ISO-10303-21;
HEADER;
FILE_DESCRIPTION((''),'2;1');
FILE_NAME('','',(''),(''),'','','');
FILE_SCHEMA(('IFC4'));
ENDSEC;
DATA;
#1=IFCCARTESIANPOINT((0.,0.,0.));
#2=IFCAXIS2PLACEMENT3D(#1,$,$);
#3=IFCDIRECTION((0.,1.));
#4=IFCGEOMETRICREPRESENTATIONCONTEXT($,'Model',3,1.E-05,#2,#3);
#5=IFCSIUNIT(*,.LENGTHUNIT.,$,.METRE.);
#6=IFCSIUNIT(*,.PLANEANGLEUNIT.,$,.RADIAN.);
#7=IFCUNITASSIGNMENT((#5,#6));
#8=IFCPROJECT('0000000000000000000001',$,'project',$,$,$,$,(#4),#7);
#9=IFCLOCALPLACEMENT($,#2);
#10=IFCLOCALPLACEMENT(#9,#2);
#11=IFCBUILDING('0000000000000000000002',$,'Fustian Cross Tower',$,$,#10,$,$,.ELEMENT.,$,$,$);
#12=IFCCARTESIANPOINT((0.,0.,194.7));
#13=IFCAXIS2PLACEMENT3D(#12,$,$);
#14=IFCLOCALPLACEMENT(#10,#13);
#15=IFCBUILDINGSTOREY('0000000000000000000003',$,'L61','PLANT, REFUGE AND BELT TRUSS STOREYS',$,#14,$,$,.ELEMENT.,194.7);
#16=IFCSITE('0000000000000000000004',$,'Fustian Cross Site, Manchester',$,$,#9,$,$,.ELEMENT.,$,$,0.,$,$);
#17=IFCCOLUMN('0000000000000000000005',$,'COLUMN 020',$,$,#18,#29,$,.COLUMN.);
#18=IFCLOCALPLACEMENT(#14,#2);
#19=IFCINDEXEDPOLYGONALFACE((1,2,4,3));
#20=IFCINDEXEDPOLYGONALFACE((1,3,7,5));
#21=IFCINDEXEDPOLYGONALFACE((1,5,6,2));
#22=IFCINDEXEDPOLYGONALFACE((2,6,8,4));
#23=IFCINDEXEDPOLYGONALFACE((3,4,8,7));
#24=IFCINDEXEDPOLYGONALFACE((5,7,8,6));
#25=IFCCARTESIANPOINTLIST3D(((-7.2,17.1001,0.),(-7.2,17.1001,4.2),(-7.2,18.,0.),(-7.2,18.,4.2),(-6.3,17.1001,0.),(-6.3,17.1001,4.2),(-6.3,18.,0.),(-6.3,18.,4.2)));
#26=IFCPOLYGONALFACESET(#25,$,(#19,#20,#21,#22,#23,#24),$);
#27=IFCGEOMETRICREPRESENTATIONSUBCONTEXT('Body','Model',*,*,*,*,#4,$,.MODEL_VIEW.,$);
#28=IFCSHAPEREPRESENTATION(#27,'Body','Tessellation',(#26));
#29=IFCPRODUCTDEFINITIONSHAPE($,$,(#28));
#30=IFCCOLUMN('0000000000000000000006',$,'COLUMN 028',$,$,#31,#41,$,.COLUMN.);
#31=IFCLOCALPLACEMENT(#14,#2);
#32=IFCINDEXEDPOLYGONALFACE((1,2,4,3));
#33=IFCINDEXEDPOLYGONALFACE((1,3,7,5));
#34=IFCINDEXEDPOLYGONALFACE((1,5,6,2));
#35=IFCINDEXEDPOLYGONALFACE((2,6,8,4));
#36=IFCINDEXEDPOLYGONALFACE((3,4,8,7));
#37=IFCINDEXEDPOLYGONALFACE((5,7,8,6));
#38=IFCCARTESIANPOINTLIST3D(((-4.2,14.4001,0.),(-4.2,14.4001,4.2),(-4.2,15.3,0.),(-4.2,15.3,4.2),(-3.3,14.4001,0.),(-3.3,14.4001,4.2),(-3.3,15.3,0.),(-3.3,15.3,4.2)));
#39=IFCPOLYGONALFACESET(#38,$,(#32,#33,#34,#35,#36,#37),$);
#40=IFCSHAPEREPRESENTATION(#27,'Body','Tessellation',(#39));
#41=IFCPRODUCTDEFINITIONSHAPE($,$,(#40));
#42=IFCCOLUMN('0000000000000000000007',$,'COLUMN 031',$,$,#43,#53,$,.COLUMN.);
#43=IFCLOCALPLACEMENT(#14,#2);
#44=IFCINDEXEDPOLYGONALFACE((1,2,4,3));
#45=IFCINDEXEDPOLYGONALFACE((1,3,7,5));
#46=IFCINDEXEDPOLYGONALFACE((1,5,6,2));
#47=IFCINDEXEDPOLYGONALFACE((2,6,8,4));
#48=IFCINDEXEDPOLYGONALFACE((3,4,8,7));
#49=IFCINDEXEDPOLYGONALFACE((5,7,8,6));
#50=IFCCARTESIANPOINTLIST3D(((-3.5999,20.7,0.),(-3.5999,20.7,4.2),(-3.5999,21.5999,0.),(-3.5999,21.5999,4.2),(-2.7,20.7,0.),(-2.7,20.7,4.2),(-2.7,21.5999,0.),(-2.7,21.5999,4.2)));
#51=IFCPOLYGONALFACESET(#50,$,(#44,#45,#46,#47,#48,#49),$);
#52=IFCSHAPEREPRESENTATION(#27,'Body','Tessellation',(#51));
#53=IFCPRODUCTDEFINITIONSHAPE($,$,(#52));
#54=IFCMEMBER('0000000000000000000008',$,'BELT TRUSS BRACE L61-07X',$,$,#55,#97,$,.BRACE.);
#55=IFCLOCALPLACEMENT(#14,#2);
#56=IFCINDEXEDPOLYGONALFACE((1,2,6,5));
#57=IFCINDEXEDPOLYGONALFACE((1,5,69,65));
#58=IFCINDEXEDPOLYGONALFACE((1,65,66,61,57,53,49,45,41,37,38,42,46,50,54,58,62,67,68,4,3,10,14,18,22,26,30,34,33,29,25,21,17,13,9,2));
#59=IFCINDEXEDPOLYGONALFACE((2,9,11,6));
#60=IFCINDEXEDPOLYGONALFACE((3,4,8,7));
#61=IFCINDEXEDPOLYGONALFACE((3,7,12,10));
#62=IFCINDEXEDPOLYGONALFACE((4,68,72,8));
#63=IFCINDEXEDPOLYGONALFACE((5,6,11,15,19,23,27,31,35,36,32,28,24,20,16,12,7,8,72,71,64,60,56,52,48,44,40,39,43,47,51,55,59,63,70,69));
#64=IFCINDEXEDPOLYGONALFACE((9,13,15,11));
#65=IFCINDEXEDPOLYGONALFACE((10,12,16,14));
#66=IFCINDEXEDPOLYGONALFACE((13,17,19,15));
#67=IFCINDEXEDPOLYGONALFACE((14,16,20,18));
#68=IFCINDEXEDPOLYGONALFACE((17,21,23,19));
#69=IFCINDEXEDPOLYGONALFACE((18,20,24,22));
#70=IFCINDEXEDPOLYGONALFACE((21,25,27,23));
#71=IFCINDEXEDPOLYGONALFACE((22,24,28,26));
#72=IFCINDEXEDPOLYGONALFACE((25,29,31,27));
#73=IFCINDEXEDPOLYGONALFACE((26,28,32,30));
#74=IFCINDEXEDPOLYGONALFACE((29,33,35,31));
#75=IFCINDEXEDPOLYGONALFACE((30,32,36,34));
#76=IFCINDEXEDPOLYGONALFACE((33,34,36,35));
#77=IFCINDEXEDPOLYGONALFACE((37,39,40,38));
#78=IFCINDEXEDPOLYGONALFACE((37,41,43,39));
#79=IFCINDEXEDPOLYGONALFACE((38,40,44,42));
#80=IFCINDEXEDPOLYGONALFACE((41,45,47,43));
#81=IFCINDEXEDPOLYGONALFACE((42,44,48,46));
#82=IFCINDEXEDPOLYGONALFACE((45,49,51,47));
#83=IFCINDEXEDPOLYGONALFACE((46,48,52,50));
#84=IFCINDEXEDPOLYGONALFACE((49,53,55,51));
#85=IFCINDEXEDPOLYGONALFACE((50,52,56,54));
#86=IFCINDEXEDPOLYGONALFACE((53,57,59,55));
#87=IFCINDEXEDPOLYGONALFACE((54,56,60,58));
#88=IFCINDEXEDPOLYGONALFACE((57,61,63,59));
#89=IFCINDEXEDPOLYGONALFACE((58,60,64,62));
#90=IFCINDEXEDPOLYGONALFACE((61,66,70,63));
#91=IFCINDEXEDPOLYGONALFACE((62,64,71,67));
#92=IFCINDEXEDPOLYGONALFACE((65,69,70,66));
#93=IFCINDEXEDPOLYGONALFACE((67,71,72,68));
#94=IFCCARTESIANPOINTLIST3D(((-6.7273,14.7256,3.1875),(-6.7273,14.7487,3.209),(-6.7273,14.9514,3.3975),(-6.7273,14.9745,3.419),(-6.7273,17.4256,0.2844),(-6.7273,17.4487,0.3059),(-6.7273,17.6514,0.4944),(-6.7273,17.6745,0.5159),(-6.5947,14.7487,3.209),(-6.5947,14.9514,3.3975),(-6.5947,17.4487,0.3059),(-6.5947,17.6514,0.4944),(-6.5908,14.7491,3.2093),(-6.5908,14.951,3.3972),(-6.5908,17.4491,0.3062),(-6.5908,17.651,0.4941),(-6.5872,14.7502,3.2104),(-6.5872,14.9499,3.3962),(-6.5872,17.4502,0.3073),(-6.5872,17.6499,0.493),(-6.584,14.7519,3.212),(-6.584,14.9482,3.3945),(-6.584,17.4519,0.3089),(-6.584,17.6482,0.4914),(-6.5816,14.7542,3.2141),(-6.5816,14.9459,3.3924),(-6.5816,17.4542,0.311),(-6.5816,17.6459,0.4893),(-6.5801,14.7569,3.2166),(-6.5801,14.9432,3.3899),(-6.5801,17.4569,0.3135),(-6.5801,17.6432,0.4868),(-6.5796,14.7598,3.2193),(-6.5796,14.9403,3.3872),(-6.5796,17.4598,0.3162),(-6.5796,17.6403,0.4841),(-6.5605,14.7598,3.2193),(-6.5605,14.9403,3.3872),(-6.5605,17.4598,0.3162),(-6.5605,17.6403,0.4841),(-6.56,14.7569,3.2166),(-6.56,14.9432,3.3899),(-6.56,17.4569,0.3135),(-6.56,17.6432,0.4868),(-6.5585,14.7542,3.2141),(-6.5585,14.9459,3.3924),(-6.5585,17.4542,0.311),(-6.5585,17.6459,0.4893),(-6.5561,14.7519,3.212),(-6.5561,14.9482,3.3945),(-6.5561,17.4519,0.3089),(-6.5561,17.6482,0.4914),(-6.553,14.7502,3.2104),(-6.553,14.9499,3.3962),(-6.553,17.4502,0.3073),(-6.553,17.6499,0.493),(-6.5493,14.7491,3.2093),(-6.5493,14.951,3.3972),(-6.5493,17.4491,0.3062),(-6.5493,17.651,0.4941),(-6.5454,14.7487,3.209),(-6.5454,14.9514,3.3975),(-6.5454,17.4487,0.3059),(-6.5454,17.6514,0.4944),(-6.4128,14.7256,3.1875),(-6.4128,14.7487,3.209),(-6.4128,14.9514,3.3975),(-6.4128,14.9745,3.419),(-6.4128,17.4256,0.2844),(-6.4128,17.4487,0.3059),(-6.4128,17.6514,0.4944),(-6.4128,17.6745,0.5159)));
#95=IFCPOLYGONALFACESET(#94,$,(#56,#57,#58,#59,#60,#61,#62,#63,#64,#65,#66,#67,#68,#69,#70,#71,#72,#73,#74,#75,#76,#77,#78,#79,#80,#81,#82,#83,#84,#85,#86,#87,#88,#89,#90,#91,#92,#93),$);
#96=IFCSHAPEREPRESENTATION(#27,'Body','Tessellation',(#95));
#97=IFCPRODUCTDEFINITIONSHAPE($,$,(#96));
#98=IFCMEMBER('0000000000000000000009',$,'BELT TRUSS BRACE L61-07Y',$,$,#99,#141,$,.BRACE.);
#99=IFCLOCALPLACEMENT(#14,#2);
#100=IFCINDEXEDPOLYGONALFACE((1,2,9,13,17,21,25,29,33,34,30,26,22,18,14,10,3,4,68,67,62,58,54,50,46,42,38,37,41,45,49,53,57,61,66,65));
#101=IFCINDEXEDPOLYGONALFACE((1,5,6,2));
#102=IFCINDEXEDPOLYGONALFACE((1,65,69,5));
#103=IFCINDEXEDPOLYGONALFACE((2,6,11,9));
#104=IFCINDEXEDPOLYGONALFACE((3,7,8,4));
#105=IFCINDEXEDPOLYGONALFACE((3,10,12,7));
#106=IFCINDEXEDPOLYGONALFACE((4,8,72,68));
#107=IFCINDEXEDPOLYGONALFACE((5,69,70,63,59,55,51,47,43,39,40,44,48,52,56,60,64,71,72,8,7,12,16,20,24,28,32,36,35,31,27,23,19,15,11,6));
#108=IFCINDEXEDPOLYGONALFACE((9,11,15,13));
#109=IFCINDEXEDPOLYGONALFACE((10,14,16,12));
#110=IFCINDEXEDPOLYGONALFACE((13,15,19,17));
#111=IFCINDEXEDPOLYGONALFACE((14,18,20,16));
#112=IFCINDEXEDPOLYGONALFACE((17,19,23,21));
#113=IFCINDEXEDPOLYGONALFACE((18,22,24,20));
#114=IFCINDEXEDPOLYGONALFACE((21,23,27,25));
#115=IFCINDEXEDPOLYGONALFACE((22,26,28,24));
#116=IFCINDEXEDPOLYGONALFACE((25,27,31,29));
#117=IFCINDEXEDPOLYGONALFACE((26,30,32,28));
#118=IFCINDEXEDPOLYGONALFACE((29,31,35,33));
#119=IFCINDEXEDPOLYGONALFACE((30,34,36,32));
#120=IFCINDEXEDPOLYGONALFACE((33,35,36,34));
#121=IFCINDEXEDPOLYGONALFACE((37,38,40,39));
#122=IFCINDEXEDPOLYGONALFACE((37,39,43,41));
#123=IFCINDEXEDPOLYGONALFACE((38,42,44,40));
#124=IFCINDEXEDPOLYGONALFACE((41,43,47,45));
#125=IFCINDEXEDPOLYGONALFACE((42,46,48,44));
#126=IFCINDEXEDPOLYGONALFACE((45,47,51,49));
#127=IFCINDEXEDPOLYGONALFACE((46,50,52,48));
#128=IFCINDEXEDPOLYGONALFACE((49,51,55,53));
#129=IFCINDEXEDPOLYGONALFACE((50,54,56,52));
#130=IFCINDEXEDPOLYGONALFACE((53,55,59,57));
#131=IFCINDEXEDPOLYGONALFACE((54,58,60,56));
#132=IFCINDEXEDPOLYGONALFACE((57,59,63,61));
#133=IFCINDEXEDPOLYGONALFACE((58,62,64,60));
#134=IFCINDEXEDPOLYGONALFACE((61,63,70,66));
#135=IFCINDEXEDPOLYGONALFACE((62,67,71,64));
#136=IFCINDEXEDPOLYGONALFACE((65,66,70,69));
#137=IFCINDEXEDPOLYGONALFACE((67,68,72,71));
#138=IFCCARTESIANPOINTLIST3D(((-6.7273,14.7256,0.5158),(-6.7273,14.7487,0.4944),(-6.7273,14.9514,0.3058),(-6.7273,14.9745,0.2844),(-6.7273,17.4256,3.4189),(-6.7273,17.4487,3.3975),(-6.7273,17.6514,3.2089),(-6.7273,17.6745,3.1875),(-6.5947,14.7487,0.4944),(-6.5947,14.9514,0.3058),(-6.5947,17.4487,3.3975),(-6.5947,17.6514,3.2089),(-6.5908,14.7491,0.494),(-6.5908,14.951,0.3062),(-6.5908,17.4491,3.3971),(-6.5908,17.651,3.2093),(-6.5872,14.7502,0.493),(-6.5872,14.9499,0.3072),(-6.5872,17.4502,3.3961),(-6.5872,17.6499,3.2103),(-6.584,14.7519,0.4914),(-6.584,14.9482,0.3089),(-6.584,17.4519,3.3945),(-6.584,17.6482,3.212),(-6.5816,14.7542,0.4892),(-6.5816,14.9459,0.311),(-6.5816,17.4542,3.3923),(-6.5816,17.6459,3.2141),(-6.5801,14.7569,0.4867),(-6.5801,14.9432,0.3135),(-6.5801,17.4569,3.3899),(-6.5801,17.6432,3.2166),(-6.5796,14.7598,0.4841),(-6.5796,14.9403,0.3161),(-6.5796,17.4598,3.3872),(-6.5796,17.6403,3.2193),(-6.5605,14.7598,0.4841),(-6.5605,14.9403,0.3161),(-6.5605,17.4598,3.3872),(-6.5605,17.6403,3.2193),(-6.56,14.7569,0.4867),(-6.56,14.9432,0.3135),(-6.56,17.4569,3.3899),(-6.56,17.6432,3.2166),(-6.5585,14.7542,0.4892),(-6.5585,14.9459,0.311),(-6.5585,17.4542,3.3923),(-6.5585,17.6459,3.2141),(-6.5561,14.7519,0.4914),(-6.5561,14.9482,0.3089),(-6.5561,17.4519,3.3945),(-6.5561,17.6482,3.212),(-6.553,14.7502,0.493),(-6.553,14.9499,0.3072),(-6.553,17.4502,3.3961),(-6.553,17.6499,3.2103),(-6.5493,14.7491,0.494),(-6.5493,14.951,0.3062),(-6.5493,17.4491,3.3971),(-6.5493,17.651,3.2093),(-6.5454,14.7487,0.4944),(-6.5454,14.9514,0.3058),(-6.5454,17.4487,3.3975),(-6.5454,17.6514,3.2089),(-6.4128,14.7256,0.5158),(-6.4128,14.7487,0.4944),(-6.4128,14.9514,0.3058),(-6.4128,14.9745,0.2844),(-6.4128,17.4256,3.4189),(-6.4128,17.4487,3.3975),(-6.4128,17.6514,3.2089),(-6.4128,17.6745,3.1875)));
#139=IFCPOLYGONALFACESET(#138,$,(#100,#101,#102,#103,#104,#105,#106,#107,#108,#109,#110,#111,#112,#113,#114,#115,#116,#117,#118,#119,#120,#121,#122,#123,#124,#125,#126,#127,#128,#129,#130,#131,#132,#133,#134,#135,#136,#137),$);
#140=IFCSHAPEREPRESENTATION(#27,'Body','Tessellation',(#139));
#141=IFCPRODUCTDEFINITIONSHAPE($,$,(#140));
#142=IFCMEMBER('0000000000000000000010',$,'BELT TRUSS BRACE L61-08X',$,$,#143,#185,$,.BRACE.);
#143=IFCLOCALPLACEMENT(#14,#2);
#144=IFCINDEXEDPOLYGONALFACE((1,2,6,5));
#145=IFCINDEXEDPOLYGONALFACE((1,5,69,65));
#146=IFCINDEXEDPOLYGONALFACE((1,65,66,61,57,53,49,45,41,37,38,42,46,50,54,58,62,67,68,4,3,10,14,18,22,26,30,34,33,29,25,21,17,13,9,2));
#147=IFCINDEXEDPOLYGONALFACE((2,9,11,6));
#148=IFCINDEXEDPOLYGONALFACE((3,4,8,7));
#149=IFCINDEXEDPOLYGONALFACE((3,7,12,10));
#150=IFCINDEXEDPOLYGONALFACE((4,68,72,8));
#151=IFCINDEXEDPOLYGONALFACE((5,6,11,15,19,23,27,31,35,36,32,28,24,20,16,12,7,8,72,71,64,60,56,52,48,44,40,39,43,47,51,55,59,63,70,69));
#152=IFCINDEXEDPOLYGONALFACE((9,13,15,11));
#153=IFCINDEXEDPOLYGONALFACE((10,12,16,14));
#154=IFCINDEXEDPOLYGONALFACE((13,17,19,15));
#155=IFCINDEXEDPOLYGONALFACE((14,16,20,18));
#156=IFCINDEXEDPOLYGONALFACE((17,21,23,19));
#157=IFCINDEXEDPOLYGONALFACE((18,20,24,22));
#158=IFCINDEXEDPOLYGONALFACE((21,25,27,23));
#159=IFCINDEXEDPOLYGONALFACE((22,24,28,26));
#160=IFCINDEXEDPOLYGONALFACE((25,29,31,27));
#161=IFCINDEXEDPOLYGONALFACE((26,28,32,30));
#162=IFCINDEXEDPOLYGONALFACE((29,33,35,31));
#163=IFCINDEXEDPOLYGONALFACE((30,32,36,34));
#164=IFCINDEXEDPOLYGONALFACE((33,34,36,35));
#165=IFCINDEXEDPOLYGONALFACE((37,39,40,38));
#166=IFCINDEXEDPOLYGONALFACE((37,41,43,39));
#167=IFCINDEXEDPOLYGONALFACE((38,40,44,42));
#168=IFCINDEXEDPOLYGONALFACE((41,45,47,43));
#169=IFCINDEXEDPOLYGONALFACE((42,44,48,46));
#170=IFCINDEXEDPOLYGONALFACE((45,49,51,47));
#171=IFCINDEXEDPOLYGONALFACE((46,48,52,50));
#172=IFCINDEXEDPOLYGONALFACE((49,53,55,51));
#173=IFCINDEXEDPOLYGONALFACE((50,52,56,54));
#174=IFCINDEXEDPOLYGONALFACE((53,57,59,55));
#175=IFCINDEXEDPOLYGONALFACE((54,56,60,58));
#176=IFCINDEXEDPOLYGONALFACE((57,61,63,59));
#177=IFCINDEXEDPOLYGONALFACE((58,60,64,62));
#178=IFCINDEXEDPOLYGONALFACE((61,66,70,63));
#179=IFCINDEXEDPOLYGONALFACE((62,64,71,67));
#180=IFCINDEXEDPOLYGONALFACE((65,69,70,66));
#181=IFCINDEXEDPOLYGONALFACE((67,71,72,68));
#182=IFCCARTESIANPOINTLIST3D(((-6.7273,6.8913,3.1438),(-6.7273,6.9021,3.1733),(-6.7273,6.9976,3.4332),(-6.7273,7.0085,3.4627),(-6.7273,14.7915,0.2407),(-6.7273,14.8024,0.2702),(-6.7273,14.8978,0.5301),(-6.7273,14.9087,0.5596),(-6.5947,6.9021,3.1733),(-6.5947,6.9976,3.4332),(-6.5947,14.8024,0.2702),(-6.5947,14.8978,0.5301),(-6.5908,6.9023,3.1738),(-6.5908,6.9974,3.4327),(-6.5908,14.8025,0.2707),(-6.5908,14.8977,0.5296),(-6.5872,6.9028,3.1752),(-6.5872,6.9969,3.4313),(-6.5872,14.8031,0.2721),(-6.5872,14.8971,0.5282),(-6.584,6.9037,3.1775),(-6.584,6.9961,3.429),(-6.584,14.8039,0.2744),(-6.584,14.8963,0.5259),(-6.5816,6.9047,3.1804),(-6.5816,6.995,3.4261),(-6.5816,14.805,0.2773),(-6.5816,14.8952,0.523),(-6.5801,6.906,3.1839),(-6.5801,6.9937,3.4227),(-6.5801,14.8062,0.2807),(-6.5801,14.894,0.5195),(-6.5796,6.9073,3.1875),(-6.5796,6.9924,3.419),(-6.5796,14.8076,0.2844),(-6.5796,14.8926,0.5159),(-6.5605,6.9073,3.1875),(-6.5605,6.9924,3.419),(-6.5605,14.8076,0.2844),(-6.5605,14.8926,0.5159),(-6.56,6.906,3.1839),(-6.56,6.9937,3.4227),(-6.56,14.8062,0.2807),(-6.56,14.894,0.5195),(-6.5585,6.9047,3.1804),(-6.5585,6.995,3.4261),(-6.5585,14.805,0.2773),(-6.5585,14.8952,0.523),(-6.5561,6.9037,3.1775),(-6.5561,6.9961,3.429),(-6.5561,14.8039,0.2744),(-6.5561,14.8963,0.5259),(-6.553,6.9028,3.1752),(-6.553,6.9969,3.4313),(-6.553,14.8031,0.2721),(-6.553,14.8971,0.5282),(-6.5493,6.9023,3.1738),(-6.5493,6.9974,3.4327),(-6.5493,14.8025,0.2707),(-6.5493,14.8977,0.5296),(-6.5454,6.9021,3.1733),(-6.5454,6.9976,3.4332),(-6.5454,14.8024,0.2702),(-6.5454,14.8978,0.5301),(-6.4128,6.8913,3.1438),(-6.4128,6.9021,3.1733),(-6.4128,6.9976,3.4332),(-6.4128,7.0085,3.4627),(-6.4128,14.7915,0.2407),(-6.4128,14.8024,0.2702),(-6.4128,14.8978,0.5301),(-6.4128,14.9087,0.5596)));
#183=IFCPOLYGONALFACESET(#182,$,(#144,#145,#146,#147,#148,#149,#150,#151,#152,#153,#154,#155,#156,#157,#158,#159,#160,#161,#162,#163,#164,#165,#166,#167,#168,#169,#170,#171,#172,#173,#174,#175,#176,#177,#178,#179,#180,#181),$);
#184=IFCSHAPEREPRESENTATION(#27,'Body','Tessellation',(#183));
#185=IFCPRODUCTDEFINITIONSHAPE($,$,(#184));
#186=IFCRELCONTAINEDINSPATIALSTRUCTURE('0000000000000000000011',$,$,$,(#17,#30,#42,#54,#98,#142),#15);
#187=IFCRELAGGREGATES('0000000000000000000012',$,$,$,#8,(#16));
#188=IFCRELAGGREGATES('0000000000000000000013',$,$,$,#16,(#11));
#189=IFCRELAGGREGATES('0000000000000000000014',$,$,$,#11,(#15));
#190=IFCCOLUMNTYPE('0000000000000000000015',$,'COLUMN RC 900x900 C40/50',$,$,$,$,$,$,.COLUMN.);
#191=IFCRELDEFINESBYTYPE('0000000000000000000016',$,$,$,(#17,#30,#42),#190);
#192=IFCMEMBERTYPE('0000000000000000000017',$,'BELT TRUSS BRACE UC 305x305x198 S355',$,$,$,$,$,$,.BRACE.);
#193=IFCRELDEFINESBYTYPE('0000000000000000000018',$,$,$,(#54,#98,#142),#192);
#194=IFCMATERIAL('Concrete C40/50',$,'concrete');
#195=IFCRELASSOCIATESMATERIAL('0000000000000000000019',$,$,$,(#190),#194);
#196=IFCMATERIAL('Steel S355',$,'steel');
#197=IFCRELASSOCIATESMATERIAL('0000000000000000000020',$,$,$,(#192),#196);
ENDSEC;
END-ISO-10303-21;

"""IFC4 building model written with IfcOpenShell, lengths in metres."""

from ifc_helpers import new_model, si_unit, direction, frame, origin, origin_2d, place, context, subcontext, project, spatial, rectangle, i_section, extrude, material, material_profile, profile_set, type_object, element, save


model = new_model("IFC4")

# Units and contexts
model_context = context("Model", 3, precision=1e-05, world=origin(), true_north=direction((0.0, 1.0)))
body_context = subcontext(model_context, "Body", "Model", "MODEL_VIEW")
ifc_project = project(units=[si_unit("LENGTHUNIT", "METRE"), si_unit("PLANEANGLEUNIT", "RADIAN")], contexts=[model_context])

# Site, building, storey
site_placement = place(None, origin())
site = spatial("IfcSite", under=ifc_project, at=site_placement, Name="Fustian Cross Site, Manchester", CompositionType="ELEMENT", RefElevation=0.0)
building_placement = place(site_placement, origin())
building = spatial("IfcBuilding", under=site, at=building_placement, Name="Fustian Cross Tower", CompositionType="ELEMENT")
storey_placement = place(building_placement, frame((0.0, 0.0, 194.7)))
storey = spatial("IfcBuildingStorey", under=building, at=storey_placement, Name="L61", Description="PLANT, REFUGE AND BELT TRUSS STOREYS", CompositionType="ELEMENT", Elevation=194.7)

# Columns
ifc_material_1 = material(Name="Concrete C40/50", Category="concrete")
ifc_material_profile_1 = material_profile(ifc_material_1, rectangle(XDim=0.8999, YDim=0.8999, at=origin_2d()), Name="RC 900x900")
ifc_profile_set_1 = profile_set([ifc_material_profile_1], Name="Concrete C40/50")
column_type = type_object("IfcColumnType", Name="COLUMN RC 900x900 C40/50", PredefinedType="COLUMN", material=ifc_profile_set_1)
for number, where, z_axis, x_axis, name in (
    (1, (-6.75, 17.55, 0.0), (0.0, 0.0, 1.0), (1.0, 0.0, 0.0), "COLUMN 020"),
    (2, (-3.75, 14.8501, 0.0), (0.0, 0.0, 1.0), (1.0, 0.0, 0.0), "COLUMN 028"),
    (3, (-3.1499, 21.1499, 0.0), (0.0, 0.0, 1.0), (1.0, 0.0, 0.0), "COLUMN 031"),
):
    element("IfcColumn", number, at=place(storey_placement, frame(where, z_axis=z_axis, x_axis=x_axis)), inside=storey, type_object=column_type, Name=name, PredefinedType="COLUMN", context=body_context, shape_type="SweptSolid", body=[
        extrude(rectangle(XDim=0.8999, YDim=0.8999, at=origin_2d()), origin(), (0.0, 0.0, 1.0), 4.2),
    ])

# Members
ifc_material_2 = material(Name="Steel S355", Category="steel")
ifc_material_profile_2 = material_profile(ifc_material_2, i_section(OverallWidth=0.3145, OverallDepth=0.3398, WebThickness=0.019, FlangeThickness=0.0315, FilletRadius=0.0151, at=origin_2d()), Name="UC 305x305x198")
ifc_profile_set_2 = profile_set([ifc_material_profile_2], Name="Steel S355")
member_type_1 = type_object("IfcMemberType", Name="BELT TRUSS BRACE UC 305x305x198 S355", PredefinedType="BRACE", material=ifc_profile_set_2)
for number, where, z_axis, x_axis, name in (
    (4, (-6.5701, 17.55, 0.4001), (0.0, -0.681025, 0.73226), (1.0, 0.0, 0.0), "BELT TRUSS BRACE L61-07X"),
    (5, (-6.5701, 17.55, 3.3032), (0.0, -0.681025, -0.73226), (1.0, 0.0, 0.0), "BELT TRUSS BRACE L61-07Y"),
):
    element("IfcMember", number, at=place(storey_placement, frame(where, z_axis=z_axis, x_axis=x_axis)), inside=storey, type_object=member_type_1, Name=name, PredefinedType="BRACE", context=body_context, shape_type="SweptSolid", body=[
        extrude(i_section(OverallWidth=0.3145, OverallDepth=0.3398, WebThickness=0.019, FlangeThickness=0.0315, FilletRadius=0.0151, at=origin_2d()), origin(), (0.0, 0.0, 1.0), 3.9646),
    ])
for number, where, z_axis, x_axis, name in (
    (6, (-6.5701, 14.8501, 0.4001), (0.0, -0.938632, 0.34492), (1.0, 0.0, 0.0), "BELT TRUSS BRACE L61-08X"),
):
    element("IfcMember", number, at=place(storey_placement, frame(where, z_axis=z_axis, x_axis=x_axis)), inside=storey, type_object=member_type_1, Name=name, PredefinedType="BRACE", context=body_context, shape_type="SweptSolid", body=[
        extrude(i_section(OverallWidth=0.3145, OverallDepth=0.3398, WebThickness=0.019, FlangeThickness=0.0315, FilletRadius=0.0151, at=origin_2d()), origin(), (0.0, 0.0, 1.0), 8.4167),
    ])

save(model, "model.ifc")
